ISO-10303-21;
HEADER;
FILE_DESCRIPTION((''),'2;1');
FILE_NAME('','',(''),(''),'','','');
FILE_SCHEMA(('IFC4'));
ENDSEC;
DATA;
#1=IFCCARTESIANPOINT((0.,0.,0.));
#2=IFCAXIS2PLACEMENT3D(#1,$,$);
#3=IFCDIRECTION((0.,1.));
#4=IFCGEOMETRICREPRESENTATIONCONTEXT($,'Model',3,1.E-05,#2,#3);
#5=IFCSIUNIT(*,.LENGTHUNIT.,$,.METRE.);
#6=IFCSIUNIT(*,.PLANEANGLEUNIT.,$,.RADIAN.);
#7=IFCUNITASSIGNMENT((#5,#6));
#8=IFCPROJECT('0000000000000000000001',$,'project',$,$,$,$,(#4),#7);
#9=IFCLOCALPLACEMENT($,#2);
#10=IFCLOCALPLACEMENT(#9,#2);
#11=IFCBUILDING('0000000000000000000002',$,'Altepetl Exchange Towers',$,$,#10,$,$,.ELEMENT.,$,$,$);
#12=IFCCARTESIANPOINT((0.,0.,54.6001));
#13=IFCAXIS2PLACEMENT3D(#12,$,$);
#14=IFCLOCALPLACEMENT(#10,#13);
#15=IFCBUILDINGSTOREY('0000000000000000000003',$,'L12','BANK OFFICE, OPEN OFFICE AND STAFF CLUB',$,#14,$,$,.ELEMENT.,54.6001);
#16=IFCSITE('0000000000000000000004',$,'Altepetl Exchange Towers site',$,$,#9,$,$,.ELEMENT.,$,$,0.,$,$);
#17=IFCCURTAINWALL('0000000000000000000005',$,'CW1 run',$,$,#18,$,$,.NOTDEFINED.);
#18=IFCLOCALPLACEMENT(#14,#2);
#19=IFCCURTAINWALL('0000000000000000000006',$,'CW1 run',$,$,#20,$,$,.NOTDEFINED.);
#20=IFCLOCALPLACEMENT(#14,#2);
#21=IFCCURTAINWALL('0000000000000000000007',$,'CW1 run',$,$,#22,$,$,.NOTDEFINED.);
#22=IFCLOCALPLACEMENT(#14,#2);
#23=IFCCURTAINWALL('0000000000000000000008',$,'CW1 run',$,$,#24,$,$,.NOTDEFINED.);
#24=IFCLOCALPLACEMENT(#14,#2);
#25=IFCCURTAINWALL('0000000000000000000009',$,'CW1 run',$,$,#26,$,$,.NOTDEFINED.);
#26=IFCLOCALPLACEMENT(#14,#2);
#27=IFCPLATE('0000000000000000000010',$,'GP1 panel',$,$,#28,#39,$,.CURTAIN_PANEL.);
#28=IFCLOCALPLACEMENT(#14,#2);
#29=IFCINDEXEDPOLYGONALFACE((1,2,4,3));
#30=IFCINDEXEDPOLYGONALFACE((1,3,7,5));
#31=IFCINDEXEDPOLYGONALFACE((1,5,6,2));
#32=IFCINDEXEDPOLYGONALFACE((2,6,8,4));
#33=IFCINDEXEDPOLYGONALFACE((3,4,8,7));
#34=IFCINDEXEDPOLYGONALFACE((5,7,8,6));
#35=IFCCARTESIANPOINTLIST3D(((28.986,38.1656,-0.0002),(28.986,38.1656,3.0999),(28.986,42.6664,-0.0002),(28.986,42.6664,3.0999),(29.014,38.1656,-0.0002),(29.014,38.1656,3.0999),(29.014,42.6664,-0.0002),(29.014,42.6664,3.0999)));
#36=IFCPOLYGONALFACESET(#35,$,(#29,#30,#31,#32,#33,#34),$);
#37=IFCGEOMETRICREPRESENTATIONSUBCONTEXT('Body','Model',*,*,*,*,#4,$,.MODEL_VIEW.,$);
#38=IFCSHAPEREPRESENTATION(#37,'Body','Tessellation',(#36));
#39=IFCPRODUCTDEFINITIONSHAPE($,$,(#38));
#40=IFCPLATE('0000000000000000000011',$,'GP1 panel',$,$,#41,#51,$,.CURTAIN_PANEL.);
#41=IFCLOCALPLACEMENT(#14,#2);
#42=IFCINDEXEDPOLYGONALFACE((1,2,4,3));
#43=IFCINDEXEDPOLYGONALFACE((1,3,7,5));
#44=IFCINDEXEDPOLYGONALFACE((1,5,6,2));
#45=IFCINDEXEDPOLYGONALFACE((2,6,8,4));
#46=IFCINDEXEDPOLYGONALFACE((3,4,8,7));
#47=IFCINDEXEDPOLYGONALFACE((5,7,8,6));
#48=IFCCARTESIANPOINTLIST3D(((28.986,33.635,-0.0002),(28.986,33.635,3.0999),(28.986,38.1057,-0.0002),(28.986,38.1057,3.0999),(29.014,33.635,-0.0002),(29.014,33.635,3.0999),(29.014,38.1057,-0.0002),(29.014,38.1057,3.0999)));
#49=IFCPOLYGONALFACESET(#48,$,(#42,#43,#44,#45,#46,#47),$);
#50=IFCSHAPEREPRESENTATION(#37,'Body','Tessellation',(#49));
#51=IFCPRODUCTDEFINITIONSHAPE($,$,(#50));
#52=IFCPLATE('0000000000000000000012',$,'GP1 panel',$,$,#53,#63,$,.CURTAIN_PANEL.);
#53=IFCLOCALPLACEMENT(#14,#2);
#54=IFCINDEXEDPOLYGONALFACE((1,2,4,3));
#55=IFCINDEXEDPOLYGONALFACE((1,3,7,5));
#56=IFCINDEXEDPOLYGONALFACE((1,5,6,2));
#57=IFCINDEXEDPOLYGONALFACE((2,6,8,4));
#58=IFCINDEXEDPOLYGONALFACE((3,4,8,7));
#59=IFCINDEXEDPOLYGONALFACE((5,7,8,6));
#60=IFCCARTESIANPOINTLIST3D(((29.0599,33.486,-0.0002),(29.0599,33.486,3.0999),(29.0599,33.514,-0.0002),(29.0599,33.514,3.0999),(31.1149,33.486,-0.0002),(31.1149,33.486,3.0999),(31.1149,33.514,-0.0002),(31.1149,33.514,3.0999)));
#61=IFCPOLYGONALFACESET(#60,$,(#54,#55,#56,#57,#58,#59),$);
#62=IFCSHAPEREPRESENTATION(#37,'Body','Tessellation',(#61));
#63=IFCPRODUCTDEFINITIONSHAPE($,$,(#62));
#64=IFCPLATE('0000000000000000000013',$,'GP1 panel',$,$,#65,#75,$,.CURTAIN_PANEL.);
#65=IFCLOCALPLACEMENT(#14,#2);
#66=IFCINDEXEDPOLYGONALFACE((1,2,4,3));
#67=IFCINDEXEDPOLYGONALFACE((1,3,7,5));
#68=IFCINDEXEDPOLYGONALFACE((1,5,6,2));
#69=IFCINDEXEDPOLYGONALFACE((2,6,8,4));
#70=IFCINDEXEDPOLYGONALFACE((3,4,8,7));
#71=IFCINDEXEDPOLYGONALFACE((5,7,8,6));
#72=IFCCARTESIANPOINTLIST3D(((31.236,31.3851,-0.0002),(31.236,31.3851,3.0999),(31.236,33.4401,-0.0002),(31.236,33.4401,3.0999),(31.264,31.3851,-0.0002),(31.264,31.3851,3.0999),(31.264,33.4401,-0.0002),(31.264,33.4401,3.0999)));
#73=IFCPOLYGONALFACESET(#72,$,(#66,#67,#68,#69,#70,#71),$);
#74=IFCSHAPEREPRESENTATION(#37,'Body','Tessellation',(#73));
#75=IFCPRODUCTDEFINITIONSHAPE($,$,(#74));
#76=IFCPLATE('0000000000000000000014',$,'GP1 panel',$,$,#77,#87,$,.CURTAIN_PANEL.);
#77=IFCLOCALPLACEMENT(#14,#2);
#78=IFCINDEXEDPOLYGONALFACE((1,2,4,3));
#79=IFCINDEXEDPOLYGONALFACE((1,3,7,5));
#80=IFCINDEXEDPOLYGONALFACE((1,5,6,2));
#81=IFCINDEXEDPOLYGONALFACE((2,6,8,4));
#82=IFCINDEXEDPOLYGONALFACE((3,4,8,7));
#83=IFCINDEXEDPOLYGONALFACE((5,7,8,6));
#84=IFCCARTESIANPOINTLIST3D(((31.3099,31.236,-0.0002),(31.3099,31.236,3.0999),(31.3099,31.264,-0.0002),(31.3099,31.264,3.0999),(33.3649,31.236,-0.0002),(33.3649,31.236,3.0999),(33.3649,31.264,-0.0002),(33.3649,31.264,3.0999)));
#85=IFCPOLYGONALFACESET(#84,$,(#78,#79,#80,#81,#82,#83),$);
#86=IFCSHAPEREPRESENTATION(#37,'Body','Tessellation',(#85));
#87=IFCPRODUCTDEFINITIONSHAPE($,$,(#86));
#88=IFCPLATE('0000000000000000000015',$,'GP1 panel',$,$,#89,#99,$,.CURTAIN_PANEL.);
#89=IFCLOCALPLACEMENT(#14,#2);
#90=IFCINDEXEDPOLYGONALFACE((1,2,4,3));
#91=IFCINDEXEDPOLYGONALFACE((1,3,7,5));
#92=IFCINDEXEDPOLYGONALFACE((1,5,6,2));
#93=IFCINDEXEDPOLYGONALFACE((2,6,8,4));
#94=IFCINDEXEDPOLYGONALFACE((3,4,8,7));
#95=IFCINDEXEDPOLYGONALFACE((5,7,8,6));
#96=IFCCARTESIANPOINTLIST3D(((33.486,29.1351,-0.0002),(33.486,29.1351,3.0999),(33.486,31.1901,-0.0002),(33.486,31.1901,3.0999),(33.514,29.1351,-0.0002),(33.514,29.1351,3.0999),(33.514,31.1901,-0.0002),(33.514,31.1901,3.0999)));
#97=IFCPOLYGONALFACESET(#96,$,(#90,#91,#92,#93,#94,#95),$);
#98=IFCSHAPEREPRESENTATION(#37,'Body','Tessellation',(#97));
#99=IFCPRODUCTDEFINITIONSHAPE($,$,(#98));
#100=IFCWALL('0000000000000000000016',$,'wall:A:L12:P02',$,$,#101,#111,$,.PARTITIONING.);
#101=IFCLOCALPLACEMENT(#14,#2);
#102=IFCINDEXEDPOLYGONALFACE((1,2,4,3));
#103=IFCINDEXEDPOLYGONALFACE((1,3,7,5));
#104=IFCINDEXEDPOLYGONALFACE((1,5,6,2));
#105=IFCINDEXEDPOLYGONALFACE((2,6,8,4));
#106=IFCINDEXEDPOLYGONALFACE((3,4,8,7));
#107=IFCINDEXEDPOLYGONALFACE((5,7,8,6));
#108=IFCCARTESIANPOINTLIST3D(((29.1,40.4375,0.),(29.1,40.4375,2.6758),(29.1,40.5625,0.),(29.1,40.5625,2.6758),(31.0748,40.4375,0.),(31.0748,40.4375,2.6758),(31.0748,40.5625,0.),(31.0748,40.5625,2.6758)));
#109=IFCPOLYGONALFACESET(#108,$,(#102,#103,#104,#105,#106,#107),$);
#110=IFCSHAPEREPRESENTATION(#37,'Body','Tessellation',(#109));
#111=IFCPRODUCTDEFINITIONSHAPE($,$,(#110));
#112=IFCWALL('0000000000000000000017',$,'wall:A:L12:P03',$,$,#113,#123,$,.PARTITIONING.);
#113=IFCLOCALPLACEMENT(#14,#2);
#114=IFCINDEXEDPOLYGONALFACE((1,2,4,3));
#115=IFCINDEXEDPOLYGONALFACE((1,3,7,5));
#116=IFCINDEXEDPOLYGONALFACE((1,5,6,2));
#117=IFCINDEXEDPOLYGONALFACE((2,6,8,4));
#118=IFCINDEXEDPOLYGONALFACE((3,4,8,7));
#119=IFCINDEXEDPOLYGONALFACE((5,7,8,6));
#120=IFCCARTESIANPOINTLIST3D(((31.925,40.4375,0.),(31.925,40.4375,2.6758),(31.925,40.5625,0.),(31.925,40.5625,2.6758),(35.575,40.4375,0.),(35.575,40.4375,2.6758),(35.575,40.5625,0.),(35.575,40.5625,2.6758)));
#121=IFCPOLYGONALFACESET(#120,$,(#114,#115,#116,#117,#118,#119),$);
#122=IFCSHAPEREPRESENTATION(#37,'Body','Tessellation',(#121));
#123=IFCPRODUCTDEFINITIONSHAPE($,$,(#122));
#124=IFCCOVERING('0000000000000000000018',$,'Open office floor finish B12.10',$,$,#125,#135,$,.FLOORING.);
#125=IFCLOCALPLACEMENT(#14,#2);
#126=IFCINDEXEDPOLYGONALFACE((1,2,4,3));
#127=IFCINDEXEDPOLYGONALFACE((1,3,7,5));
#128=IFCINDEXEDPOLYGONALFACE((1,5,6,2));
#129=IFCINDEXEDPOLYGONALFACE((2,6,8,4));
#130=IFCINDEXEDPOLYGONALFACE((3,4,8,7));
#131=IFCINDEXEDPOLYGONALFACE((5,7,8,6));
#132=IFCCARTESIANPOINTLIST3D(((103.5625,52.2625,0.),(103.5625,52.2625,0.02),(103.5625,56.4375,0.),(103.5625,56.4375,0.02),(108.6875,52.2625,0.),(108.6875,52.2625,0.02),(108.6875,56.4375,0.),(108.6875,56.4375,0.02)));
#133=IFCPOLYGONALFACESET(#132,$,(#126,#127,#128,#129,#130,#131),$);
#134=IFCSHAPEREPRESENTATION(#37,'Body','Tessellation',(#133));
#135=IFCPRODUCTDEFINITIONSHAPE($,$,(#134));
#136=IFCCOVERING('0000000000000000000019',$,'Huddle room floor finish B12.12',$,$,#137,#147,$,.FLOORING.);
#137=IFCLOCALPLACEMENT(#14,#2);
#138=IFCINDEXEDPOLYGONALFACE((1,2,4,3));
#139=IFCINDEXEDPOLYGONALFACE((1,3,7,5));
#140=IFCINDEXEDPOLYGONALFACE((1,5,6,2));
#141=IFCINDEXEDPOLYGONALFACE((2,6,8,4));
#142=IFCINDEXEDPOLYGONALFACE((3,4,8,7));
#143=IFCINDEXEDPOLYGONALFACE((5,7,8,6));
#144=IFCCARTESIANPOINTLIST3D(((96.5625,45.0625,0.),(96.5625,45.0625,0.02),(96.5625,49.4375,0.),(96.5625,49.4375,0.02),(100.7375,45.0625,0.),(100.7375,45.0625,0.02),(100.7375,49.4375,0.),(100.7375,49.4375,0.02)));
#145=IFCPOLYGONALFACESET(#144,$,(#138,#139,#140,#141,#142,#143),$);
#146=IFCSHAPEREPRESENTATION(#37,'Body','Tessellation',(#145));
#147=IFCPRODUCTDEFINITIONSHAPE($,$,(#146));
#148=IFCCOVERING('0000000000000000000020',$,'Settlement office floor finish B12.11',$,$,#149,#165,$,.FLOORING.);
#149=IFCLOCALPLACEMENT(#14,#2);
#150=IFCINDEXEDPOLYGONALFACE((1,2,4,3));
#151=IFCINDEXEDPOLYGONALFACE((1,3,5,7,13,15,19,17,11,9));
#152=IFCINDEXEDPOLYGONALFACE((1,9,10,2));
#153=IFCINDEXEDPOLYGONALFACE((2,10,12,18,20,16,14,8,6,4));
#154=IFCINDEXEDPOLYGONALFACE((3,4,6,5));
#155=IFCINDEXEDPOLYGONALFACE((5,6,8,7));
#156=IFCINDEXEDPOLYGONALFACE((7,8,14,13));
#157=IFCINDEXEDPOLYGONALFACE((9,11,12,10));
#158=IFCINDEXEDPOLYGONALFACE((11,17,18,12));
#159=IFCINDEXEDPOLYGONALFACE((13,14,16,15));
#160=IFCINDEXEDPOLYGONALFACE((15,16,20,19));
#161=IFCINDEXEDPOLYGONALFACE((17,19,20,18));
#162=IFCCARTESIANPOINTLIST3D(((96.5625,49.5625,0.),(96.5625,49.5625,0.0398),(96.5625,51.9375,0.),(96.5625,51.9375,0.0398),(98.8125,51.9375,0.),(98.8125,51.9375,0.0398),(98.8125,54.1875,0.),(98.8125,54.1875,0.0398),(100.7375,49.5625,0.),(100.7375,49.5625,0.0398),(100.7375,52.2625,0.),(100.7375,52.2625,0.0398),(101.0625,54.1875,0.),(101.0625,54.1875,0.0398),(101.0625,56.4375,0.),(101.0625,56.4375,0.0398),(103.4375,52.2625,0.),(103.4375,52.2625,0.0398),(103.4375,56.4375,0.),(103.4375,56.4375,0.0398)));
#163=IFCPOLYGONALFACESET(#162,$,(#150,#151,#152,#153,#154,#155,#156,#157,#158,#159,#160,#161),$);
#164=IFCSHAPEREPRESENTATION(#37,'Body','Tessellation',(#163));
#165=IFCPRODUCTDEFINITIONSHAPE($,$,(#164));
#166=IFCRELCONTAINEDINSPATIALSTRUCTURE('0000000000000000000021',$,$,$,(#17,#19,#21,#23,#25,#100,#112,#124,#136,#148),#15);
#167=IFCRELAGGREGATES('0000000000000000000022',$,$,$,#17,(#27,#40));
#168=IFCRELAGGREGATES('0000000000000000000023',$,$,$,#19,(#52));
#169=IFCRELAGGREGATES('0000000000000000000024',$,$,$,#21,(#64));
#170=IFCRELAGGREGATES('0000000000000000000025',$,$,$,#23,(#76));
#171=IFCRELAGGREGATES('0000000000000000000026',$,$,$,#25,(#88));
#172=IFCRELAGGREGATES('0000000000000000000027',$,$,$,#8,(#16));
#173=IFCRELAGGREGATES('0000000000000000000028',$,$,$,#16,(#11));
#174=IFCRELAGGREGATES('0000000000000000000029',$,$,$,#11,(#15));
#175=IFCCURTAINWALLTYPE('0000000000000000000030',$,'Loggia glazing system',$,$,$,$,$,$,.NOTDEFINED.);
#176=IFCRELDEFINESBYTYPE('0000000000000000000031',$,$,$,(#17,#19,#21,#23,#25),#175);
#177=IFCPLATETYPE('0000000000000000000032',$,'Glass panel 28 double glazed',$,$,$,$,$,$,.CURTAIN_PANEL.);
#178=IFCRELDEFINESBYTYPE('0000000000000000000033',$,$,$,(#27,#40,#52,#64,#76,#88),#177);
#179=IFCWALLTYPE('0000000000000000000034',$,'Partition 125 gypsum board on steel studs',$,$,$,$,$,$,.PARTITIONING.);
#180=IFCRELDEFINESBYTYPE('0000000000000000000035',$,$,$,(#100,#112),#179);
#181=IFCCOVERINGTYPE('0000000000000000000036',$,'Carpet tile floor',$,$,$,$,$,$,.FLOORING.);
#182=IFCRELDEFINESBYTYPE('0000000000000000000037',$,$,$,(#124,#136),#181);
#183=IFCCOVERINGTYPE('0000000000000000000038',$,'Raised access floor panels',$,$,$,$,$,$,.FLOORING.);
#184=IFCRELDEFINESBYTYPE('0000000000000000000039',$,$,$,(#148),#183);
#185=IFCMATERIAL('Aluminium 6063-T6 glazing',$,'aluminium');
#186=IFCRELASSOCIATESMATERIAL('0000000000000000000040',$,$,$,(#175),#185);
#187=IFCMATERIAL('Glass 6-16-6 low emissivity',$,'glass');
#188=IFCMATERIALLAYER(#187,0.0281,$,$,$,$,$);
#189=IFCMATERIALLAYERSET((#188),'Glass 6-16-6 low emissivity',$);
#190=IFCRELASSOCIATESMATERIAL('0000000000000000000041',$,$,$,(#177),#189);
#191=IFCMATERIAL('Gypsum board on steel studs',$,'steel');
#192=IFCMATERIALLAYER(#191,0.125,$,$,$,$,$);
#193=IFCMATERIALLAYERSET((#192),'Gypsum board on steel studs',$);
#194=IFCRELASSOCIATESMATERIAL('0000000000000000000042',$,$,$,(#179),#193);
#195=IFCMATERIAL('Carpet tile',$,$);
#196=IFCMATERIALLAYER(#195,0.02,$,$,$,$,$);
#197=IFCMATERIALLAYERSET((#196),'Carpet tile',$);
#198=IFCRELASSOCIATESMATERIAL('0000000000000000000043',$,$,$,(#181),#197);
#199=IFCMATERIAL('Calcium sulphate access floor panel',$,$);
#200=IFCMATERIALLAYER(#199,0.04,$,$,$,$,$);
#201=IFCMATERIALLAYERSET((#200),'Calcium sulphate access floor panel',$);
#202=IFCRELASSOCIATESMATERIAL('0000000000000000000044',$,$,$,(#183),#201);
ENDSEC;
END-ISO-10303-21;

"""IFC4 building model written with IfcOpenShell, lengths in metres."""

from ifc_helpers import new_model, si_unit, direction, frame, frame_2d, origin, origin_2d, place, context, subcontext, project, spatial, polyline, rectangle, outline, extrude, material, layer, layer_set, type_object, element, aggregate, save


model = new_model("IFC4")

# Units and contexts
model_context = context("Model", 3, precision=1e-05, world=origin(), true_north=direction((0.0, 1.0)))
body_context = subcontext(model_context, "Body", "Model", "MODEL_VIEW")
ifc_project = project(units=[si_unit("LENGTHUNIT", "METRE"), si_unit("PLANEANGLEUNIT", "RADIAN")], contexts=[model_context])

# Site, building, storey
site_placement = place(None, origin())
site = spatial("IfcSite", under=ifc_project, at=site_placement, Name="Altepetl Exchange Towers site", CompositionType="ELEMENT", RefElevation=0.0)
building_placement = place(site_placement, origin())
building = spatial("IfcBuilding", under=site, at=building_placement, Name="Altepetl Exchange Towers", CompositionType="ELEMENT")
storey_placement = place(building_placement, frame((0.0, 0.0, 54.6001)))
storey = spatial("IfcBuildingStorey", under=building, at=storey_placement, Name="L12", Description="BANK OFFICE, OPEN OFFICE AND STAFF CLUB", CompositionType="ELEMENT", Elevation=54.6001)

# Curtain walls
ifc_material_1 = material(Name="Aluminium 6063-T6 glazing", Category="aluminium")
curtain_wall_type = type_object("IfcCurtainWallType", Name="Loggia glazing system", PredefinedType="NOTDEFINED", material=ifc_material_1)
curtain_wall_1_placement = place(storey_placement, origin())
curtain_wall_1 = element("IfcCurtainWall", 1, at=curtain_wall_1_placement, inside=storey, type_object=curtain_wall_type, Name="CW1 run", PredefinedType="NOTDEFINED")
curtain_wall_2_placement = place(storey_placement, origin())
curtain_wall_2 = element("IfcCurtainWall", 2, at=curtain_wall_2_placement, inside=storey, type_object=curtain_wall_type, Name="CW1 run", PredefinedType="NOTDEFINED")
curtain_wall_3_placement = place(storey_placement, origin())
curtain_wall_3 = element("IfcCurtainWall", 3, at=curtain_wall_3_placement, inside=storey, type_object=curtain_wall_type, Name="CW1 run", PredefinedType="NOTDEFINED")
curtain_wall_4_placement = place(storey_placement, origin())
curtain_wall_4 = element("IfcCurtainWall", 4, at=curtain_wall_4_placement, inside=storey, type_object=curtain_wall_type, Name="CW1 run", PredefinedType="NOTDEFINED")

# Curtain wall
curtain_wall_5_placement = place(storey_placement, origin())
curtain_wall_5 = element("IfcCurtainWall", 5, at=curtain_wall_5_placement, inside=storey, type_object=curtain_wall_type, Name="CW1 run", PredefinedType="NOTDEFINED")

# Plates
ifc_material_2 = material(Name="Glass 6-16-6 low emissivity", Category="glass")
ifc_layer_1 = layer(ifc_material_2, 0.0281)
ifc_layer_set_1 = layer_set([ifc_layer_1], Name="Glass 6-16-6 low emissivity")
plate_type = type_object("IfcPlateType", Name="Glass panel 28 double glazed", PredefinedType="CURTAIN_PANEL", material=ifc_layer_set_1)
plate_1_placement = place(storey_placement, frame((29.0, 40.416, -0.0002), z_axis=(0.0, 0.0, 1.0), x_axis=(0.0, -1.0, 0.0)))
plate_1 = element("IfcPlate", 6, at=plate_1_placement, type_object=plate_type, Name="GP1 panel", PredefinedType="CURTAIN_PANEL", context=body_context, shape_type="SweptSolid", body=[
    extrude(rectangle(XDim=4.5007, YDim=0.0281, at=origin_2d()), origin(), (0.0, 0.0, 1.0), 3.1001),
])
plate_2_placement = place(storey_placement, frame((29.0, 35.8704, -0.0002), z_axis=(0.0, 0.0, 1.0), x_axis=(0.0, -1.0, 0.0)))
plate_2 = element("IfcPlate", 7, at=plate_2_placement, type_object=plate_type, Name="GP1 panel", PredefinedType="CURTAIN_PANEL", context=body_context, shape_type="SweptSolid", body=[
    extrude(rectangle(XDim=4.4707, YDim=0.0281, at=origin_2d()), origin(), (0.0, 0.0, 1.0), 3.1001),
])
aggregate(curtain_wall_1, [plate_1, plate_2])
plate_3_placement = place(storey_placement, frame((30.0874, 33.5, -0.0002)))
plate_3 = element("IfcPlate", 8, at=plate_3_placement, type_object=plate_type, Name="GP1 panel", PredefinedType="CURTAIN_PANEL", context=body_context, shape_type="SweptSolid", body=[
    extrude(rectangle(XDim=2.0549, YDim=0.0281, at=origin_2d()), origin(), (0.0, 0.0, 1.0), 3.1001),
])
aggregate(curtain_wall_2, [plate_3])
plate_4_placement = place(storey_placement, frame((31.25, 32.4126, -0.0002), z_axis=(0.0, 0.0, 1.0), x_axis=(0.0, -1.0, 0.0)))
plate_4 = element("IfcPlate", 9, at=plate_4_placement, type_object=plate_type, Name="GP1 panel", PredefinedType="CURTAIN_PANEL", context=body_context, shape_type="SweptSolid", body=[
    extrude(rectangle(XDim=2.0549, YDim=0.0281, at=origin_2d()), origin(), (0.0, 0.0, 1.0), 3.1001),
])
aggregate(curtain_wall_3, [plate_4])
plate_5_placement = place(storey_placement, frame((32.3374, 31.25, -0.0002)))
plate_5 = element("IfcPlate", 10, at=plate_5_placement, type_object=plate_type, Name="GP1 panel", PredefinedType="CURTAIN_PANEL", context=body_context, shape_type="SweptSolid", body=[
    extrude(rectangle(XDim=2.0549, YDim=0.0281, at=origin_2d()), origin(), (0.0, 0.0, 1.0), 3.1001),
])
aggregate(curtain_wall_4, [plate_5])
plate_6_placement = place(storey_placement, frame((33.5, 30.1626, -0.0002), z_axis=(0.0, 0.0, 1.0), x_axis=(0.0, -1.0, 0.0)))
plate_6 = element("IfcPlate", 11, at=plate_6_placement, type_object=plate_type, Name="GP1 panel", PredefinedType="CURTAIN_PANEL", context=body_context, shape_type="SweptSolid", body=[
    extrude(rectangle(XDim=2.0549, YDim=0.0281, at=origin_2d()), origin(), (0.0, 0.0, 1.0), 3.1001),
])
aggregate(curtain_wall_5, [plate_6])

# Walls
ifc_material_3 = material(Name="Gypsum board on steel studs", Category="steel")
ifc_layer_2 = layer(ifc_material_3, 0.125)
ifc_layer_set_2 = layer_set([ifc_layer_2], Name="Gypsum board on steel studs")
wall_type = type_object("IfcWallType", Name="Partition 125 gypsum board on steel studs", PredefinedType="PARTITIONING", material=ifc_layer_set_2)
wall_1_placement = place(storey_placement, frame((29.1001, 40.5, 0.0)))
element("IfcWall", 12, at=wall_1_placement, inside=storey, type_object=wall_type, Name="wall:A:L12:P02", PredefinedType="PARTITIONING", context=body_context, shape_type="SweptSolid", body=[
    extrude(rectangle(XDim=1.9749, YDim=0.125, at=frame_2d((0.9873, 0.0))), origin(), (0.0, 0.0, 1.0), 2.6758),
])
wall_2_placement = place(storey_placement, frame((31.925, 40.5, 0.0)))
element("IfcWall", 13, at=wall_2_placement, inside=storey, type_object=wall_type, Name="wall:A:L12:P03", PredefinedType="PARTITIONING", context=body_context, shape_type="SweptSolid", body=[
    extrude(rectangle(XDim=3.6499, YDim=0.125, at=frame_2d((1.825, 0.0))), origin(), (0.0, 0.0, 1.0), 2.6758),
])

# Coverings
ifc_material_4 = material(Name="Carpet tile")
ifc_layer_3 = layer(ifc_material_4, 0.02)
ifc_layer_set_3 = layer_set([ifc_layer_3], Name="Carpet tile")
covering_type_1 = type_object("IfcCoveringType", Name="Carpet tile floor", PredefinedType="FLOORING", material=ifc_layer_set_3)
covering_1_placement = place(storey_placement, origin())
element("IfcCovering", 14, at=covering_1_placement, inside=storey, type_object=covering_type_1, Name="Open office floor finish B12.10", PredefinedType="FLOORING", context=body_context, shape_type="SweptSolid", body=[
    extrude(outline(polyline([(108.6875, 56.4375), (103.5625, 56.4375), (103.5625, 52.2625), (108.6875, 52.2625), (108.6875, 56.4375)])), origin(), (0.0, 0.0, 1.0), 0.02),
])
covering_2_placement = place(storey_placement, origin())
element("IfcCovering", 15, at=covering_2_placement, inside=storey, type_object=covering_type_1, Name="Huddle room floor finish B12.12", PredefinedType="FLOORING", context=body_context, shape_type="SweptSolid", body=[
    extrude(outline(polyline([(100.7375, 49.4375), (96.5625, 49.4375), (96.5625, 45.0625), (100.7375, 45.0625), (100.7375, 49.4375)])), origin(), (0.0, 0.0, 1.0), 0.02),
])
ifc_material_5 = material(Name="Calcium sulphate access floor panel")
ifc_layer_4 = layer(ifc_material_5, 0.04)
ifc_layer_set_4 = layer_set([ifc_layer_4], Name="Calcium sulphate access floor panel")
covering_type_2 = type_object("IfcCoveringType", Name="Raised access floor panels", PredefinedType="FLOORING", material=ifc_layer_set_4)
covering_3_placement = place(storey_placement, origin())
element("IfcCovering", 16, at=covering_3_placement, inside=storey, type_object=covering_type_2, Name="Settlement office floor finish B12.11", PredefinedType="FLOORING", context=body_context, shape_type="SweptSolid", body=[
    extrude(outline(polyline([(101.0625, 56.4375), (101.0625, 54.1875), (98.8125, 54.1875), (98.8125, 51.9375), (96.5625, 51.9375), (96.5625, 49.5625), (100.7375, 49.5625), (100.7375, 52.2625), (103.4375, 52.2625), (103.4375, 56.4375), (101.0625, 56.4375)])), origin(), (0.0, 0.0, 1.0), 0.0398),
])

save(model, "model.ifc")
